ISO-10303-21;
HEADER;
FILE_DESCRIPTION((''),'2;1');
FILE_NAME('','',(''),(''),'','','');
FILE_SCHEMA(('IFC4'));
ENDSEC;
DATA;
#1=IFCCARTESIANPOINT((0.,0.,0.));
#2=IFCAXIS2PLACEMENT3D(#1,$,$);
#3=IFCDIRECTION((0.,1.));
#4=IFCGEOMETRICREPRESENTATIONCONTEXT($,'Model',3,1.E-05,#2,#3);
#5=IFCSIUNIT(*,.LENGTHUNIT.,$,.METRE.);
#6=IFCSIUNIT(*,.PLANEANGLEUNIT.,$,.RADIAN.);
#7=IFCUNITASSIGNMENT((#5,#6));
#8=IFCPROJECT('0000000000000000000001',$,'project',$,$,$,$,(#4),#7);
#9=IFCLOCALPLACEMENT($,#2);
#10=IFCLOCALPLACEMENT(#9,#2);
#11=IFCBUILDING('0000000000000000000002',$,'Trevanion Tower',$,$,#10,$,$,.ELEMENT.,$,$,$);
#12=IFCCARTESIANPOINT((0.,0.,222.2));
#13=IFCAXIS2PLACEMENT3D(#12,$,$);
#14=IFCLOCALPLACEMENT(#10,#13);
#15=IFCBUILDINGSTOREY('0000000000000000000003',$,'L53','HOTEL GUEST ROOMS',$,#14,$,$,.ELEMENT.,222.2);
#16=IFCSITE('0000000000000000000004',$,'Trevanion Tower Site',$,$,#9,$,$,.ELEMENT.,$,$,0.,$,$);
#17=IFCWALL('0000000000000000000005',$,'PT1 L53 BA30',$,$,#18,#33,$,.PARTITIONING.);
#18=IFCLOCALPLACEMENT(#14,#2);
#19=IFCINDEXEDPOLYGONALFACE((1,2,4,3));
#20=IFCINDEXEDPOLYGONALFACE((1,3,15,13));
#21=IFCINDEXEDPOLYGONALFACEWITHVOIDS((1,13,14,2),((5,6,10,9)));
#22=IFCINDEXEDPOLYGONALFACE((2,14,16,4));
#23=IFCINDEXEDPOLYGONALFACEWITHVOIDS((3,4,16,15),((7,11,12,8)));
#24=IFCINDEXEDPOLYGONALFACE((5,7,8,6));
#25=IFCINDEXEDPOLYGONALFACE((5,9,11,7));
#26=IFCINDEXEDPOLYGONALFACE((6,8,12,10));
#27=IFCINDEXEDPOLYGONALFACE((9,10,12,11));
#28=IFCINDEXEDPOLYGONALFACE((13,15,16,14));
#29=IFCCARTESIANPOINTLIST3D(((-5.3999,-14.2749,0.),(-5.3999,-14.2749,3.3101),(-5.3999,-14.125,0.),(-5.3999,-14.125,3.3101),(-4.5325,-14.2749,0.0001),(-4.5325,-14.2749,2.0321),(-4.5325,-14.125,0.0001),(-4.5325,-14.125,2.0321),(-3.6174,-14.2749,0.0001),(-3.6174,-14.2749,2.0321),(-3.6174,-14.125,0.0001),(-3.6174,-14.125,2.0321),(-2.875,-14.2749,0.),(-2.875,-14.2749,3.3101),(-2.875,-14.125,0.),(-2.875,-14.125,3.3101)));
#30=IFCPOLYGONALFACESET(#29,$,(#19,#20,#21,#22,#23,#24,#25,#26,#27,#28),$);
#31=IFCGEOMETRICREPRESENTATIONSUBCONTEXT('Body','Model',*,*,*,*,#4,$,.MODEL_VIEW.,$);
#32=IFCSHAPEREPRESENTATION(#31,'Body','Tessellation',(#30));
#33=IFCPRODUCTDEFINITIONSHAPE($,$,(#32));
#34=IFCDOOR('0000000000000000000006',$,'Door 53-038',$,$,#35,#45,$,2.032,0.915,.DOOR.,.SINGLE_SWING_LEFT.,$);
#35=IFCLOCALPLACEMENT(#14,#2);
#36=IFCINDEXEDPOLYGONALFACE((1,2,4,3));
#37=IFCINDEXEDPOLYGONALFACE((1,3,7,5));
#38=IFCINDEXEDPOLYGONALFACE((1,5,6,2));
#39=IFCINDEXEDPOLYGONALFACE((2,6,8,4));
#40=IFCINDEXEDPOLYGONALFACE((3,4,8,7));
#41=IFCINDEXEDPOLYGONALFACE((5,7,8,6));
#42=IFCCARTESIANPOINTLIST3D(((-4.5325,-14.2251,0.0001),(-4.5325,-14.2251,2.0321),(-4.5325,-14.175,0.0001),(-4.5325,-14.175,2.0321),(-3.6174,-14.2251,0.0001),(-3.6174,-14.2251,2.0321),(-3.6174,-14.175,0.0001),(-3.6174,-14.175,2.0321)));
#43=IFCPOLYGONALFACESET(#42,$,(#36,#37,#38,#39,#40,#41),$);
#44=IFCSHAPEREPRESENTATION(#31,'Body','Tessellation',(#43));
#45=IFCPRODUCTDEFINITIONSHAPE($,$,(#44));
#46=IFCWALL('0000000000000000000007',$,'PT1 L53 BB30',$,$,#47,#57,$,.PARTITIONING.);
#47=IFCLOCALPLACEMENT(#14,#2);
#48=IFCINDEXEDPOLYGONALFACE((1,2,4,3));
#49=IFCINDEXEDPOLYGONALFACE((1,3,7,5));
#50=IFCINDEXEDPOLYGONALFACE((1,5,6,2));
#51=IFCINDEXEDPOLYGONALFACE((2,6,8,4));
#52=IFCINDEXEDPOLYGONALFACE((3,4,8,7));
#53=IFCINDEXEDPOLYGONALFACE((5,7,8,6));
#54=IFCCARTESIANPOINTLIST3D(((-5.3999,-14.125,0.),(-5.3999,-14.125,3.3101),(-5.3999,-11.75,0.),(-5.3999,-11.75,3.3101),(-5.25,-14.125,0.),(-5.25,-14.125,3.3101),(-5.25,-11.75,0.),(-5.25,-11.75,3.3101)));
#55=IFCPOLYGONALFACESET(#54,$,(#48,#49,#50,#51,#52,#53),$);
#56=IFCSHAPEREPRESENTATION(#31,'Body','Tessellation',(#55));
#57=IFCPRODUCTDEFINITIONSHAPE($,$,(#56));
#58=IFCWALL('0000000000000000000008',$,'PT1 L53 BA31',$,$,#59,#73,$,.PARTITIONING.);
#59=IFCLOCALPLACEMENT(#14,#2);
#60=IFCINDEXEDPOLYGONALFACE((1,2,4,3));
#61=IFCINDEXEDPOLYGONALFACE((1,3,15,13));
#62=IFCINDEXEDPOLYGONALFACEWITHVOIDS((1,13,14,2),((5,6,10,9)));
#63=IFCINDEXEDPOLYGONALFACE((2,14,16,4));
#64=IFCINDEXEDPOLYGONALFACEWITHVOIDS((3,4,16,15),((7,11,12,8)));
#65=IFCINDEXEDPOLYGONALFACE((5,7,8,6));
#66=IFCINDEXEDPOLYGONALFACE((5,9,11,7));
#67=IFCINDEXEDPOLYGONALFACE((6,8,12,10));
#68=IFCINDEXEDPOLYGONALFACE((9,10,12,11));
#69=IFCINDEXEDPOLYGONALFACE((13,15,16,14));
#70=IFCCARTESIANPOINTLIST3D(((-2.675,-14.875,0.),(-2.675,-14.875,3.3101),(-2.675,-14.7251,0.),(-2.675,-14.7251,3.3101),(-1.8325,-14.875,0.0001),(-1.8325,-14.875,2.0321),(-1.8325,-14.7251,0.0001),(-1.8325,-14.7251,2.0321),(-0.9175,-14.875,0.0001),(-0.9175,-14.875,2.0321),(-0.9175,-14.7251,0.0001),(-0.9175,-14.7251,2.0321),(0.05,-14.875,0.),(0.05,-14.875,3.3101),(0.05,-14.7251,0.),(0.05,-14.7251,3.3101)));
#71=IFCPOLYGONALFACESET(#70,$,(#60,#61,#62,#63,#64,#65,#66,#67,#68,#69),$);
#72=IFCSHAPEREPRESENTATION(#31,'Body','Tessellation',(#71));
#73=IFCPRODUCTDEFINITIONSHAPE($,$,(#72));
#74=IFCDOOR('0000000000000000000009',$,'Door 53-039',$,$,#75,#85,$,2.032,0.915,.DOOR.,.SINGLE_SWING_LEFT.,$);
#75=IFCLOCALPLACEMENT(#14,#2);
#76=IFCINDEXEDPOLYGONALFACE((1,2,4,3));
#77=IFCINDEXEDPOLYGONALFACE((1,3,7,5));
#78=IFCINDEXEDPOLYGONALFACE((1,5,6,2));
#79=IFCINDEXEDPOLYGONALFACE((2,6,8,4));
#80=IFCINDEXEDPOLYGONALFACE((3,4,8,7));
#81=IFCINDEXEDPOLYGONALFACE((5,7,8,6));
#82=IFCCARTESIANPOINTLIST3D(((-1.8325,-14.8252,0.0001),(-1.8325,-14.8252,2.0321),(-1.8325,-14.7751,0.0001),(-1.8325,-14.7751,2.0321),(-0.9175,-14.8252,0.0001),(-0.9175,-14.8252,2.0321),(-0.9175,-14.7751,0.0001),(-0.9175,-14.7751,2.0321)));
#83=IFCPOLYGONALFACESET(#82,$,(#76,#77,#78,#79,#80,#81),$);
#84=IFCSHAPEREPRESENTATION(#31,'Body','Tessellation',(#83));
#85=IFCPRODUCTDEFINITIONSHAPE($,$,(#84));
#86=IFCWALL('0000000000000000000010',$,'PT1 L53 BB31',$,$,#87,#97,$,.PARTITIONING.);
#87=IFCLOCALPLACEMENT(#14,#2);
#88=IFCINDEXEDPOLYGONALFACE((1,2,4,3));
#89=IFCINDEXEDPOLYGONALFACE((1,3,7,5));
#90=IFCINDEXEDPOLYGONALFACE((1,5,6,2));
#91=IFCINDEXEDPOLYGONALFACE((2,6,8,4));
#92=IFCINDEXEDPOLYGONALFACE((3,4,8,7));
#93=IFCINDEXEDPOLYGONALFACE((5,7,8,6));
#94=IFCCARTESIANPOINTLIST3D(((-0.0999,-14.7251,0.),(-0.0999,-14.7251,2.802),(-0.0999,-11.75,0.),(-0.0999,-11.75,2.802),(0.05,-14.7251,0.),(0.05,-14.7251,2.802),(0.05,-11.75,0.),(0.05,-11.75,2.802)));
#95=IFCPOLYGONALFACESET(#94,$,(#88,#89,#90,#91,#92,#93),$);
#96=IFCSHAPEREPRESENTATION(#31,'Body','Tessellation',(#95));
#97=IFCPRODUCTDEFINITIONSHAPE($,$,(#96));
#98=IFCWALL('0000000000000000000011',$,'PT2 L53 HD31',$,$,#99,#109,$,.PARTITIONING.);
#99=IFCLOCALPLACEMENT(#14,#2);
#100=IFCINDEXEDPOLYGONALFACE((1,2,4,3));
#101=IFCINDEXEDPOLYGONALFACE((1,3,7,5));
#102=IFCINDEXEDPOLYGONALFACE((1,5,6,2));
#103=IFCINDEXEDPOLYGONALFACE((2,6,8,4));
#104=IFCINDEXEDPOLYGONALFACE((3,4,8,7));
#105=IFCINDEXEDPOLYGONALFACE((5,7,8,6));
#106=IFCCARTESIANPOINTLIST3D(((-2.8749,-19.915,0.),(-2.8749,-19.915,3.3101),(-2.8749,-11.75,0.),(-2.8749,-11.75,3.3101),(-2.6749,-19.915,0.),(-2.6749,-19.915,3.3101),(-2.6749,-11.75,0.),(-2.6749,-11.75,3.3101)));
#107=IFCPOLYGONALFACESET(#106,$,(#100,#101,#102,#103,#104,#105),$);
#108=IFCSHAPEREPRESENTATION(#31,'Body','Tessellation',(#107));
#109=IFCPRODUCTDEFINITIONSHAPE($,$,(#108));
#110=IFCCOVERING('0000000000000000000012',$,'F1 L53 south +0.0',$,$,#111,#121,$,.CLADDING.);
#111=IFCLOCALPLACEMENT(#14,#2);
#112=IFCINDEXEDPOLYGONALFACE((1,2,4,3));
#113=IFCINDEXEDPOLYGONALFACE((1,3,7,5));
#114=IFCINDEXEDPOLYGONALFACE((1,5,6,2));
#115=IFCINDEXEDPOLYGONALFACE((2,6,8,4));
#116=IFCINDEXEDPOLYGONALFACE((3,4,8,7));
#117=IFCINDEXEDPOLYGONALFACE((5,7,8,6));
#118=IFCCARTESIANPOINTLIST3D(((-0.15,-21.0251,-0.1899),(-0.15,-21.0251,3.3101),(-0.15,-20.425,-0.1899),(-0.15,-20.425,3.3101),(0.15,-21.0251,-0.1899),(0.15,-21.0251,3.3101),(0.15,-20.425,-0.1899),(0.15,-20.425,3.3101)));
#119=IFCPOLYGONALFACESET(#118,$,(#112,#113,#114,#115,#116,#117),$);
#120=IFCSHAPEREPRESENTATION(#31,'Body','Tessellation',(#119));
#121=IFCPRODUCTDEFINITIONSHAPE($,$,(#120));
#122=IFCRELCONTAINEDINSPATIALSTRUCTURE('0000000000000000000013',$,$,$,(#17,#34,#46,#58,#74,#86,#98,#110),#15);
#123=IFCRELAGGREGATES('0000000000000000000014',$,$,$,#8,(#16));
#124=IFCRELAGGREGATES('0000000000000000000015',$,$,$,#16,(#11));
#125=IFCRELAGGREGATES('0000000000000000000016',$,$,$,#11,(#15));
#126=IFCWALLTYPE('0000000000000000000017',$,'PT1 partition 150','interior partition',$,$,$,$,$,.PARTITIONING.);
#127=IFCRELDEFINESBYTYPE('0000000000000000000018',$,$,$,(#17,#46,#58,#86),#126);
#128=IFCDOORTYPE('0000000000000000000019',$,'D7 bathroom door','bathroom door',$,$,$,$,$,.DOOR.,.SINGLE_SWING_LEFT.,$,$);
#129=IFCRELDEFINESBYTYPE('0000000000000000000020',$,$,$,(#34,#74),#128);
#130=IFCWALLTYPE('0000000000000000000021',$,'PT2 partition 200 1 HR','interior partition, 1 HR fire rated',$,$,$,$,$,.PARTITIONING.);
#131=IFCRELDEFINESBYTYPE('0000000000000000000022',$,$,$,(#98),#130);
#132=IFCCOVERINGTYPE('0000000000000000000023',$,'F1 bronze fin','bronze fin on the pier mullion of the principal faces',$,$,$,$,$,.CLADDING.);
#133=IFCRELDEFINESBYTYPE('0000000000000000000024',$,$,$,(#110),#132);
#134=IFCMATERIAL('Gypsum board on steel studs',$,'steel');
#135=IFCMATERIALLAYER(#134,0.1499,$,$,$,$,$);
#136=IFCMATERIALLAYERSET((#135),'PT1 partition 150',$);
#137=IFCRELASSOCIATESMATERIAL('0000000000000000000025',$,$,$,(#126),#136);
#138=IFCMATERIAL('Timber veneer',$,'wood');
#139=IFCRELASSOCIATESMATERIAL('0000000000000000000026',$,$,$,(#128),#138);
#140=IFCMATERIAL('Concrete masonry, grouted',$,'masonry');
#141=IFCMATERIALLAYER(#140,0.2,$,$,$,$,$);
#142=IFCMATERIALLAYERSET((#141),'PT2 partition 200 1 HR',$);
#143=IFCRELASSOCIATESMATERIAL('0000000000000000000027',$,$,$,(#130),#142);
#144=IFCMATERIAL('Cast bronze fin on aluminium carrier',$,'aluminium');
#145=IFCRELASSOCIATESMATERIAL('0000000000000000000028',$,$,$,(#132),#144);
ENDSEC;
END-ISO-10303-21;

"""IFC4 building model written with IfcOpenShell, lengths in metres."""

from ifc_helpers import new_model, si_unit, direction, frame, frame_2d, origin, origin_2d, place, context, subcontext, project, spatial, rectangle, extrude, material, layer, layer_set, type_object, element, fill, save


model = new_model("IFC4")

# Units and contexts
model_context = context("Model", 3, precision=1e-05, world=origin(), true_north=direction((0.0, 1.0)))
body_context = subcontext(model_context, "Body", "Model", "MODEL_VIEW")
ifc_project = project(units=[si_unit("LENGTHUNIT", "METRE"), si_unit("PLANEANGLEUNIT", "RADIAN")], contexts=[model_context])

# Site, building, storey
site_placement = place(None, origin())
site = spatial("IfcSite", under=ifc_project, at=site_placement, Name="Trevanion Tower Site", CompositionType="ELEMENT", RefElevation=0.0)
building_placement = place(site_placement, origin())
building = spatial("IfcBuilding", under=site, at=building_placement, Name="Trevanion Tower", CompositionType="ELEMENT")
storey_placement = place(building_placement, frame((0.0, 0.0, 222.2)))
storey = spatial("IfcBuildingStorey", under=building, at=storey_placement, Name="L53", Description="HOTEL GUEST ROOMS", CompositionType="ELEMENT", Elevation=222.2)

# Wall, opening, door
ifc_material_1 = material(Name="Gypsum board on steel studs", Category="steel")
ifc_layer_1 = layer(ifc_material_1, 0.1499)
ifc_layer_set_1 = layer_set([ifc_layer_1], Name="PT1 partition 150")
wall_type_1 = type_object("IfcWallType", Name="PT1 partition 150", Description="interior partition", PredefinedType="PARTITIONING", material=ifc_layer_set_1)
wall_1_placement = place(storey_placement, frame((-5.3999, -14.2, 0.0), z_axis=(0.0, 0.0, 1.0), x_axis=(1.0, 0.0, 0.0)))
wall_1 = element("IfcWall", 1, at=wall_1_placement, inside=storey, type_object=wall_type_1, Name="PT1 L53 BA30", PredefinedType="PARTITIONING", context=body_context, shape_type="SweptSolid", body=[
    extrude(rectangle(XDim=2.5249, YDim=0.1499, at=frame_2d((1.2625, 0.0))), origin(), (0.0, 0.0, 1.0), 3.3101),
])
opening_1_placement = place(wall_1_placement, frame((0.8674, 0.0, 0.0)))
opening_1 = element("IfcOpeningElement", 2, at=opening_1_placement, cuts=wall_1, PredefinedType="OPENING", context=body_context, shape_type="SweptSolid", body=[
    extrude(rectangle(XDim=0.915, YDim=2.032, at=frame_2d((0.4575, 1.0161))), frame((0.0, 0.085, 0.0), z_axis=(0.0, -1.0, 0.0), x_axis=(1.0, 0.0, 0.0)), (0.0, 0.0, 1.0), 0.1699),
])
ifc_material_2 = material(Name="Timber veneer", Category="wood")
door_type = type_object("IfcDoorType", Name="D7 bathroom door", Description="bathroom door", OperationType="SINGLE_SWING_LEFT", PredefinedType="DOOR", material=ifc_material_2)
door_1_placement = place(opening_1_placement, origin())
door_1 = element("IfcDoor", 3, at=door_1_placement, inside=storey, type_object=door_type, Name="Door 53-038", OperationType="SINGLE_SWING_LEFT", OverallHeight=2.032, OverallWidth=0.915, PredefinedType="DOOR", context=body_context, shape_type="SweptSolid", body=[
    extrude(rectangle(XDim=0.915, YDim=2.032, at=frame_2d((0.4575, 1.0161))), frame((0.0, 0.0249, 0.0), z_axis=(0.0, -1.0, 0.0), x_axis=(1.0, 0.0, 0.0)), (0.0, 0.0, 1.0), 0.05),
])
fill(opening_1, door_1)

# Wall
wall_2_placement = place(storey_placement, frame((-5.325, -11.75, 0.0), z_axis=(0.0, 0.0, 1.0), x_axis=(0.0, -1.0, 0.0)))
element("IfcWall", 4, at=wall_2_placement, inside=storey, type_object=wall_type_1, Name="PT1 L53 BB30", PredefinedType="PARTITIONING", context=body_context, shape_type="SweptSolid", body=[
    extrude(rectangle(XDim=2.375, YDim=0.1499, at=frame_2d((1.1875, 0.0))), origin(), (0.0, 0.0, 1.0), 3.3101),
])

# Wall, opening, door
wall_3_placement = place(storey_placement, frame((-2.675, -14.8, 0.0), z_axis=(0.0, 0.0, 1.0), x_axis=(1.0, 0.0, 0.0)))
wall_3 = element("IfcWall", 5, at=wall_3_placement, inside=storey, type_object=wall_type_1, Name="PT1 L53 BA31", PredefinedType="PARTITIONING", context=body_context, shape_type="SweptSolid", body=[
    extrude(rectangle(XDim=2.7251, YDim=0.1499, at=frame_2d((1.3625, 0.0))), origin(), (0.0, 0.0, 1.0), 3.3101),
])
opening_2_placement = place(wall_3_placement, frame((0.8425, 0.0, 0.0)))
opening_2 = element("IfcOpeningElement", 6, at=opening_2_placement, cuts=wall_3, PredefinedType="OPENING", context=body_context, shape_type="SweptSolid", body=[
    extrude(rectangle(XDim=0.915, YDim=2.032, at=frame_2d((0.4575, 1.0161))), frame((0.0, 0.085, 0.0), z_axis=(0.0, -1.0, 0.0), x_axis=(1.0, 0.0, 0.0)), (0.0, 0.0, 1.0), 0.1699),
])
door_2_placement = place(opening_2_placement, origin())
door_2 = element("IfcDoor", 7, at=door_2_placement, inside=storey, type_object=door_type, Name="Door 53-039", OperationType="SINGLE_SWING_LEFT", OverallHeight=2.032, OverallWidth=0.915, PredefinedType="DOOR", context=body_context, shape_type="SweptSolid", body=[
    extrude(rectangle(XDim=0.915, YDim=2.032, at=frame_2d((0.4575, 1.0161))), frame((0.0, 0.0249, 0.0), z_axis=(0.0, -1.0, 0.0), x_axis=(1.0, 0.0, 0.0)), (0.0, 0.0, 1.0), 0.05),
])
fill(opening_2, door_2)

# Walls
wall_4_placement = place(storey_placement, frame((-0.0249, -11.75, 0.0), z_axis=(0.0, 0.0, 1.0), x_axis=(0.0, -1.0, 0.0)))
element("IfcWall", 8, at=wall_4_placement, inside=storey, type_object=wall_type_1, Name="PT1 L53 BB31", PredefinedType="PARTITIONING", context=body_context, shape_type="SweptSolid", body=[
    extrude(rectangle(XDim=2.9751, YDim=0.1499, at=frame_2d((1.4875, 0.0))), origin(), (0.0, 0.0, 1.0), 2.802),
])
ifc_material_3 = material(Name="Concrete masonry, grouted", Category="masonry")
ifc_layer_2 = layer(ifc_material_3, 0.2)
ifc_layer_set_2 = layer_set([ifc_layer_2], Name="PT2 partition 200 1 HR")
wall_type_2 = type_object("IfcWallType", Name="PT2 partition 200 1 HR", Description="interior partition, 1 HR fire rated", PredefinedType="PARTITIONING", material=ifc_layer_set_2)
wall_5_placement = place(storey_placement, frame((-2.7749, -11.75, 0.0), z_axis=(0.0, 0.0, 1.0), x_axis=(0.0, -1.0, 0.0)))
element("IfcWall", 9, at=wall_5_placement, inside=storey, type_object=wall_type_2, Name="PT2 L53 HD31", PredefinedType="PARTITIONING", context=body_context, shape_type="SweptSolid", body=[
    extrude(rectangle(XDim=8.165, YDim=0.2, at=frame_2d((4.0825, 0.0))), origin(), (0.0, 0.0, 1.0), 3.3101),
])

# Covering
ifc_material_4 = material(Name="Cast bronze fin on aluminium carrier", Category="aluminium")
covering_type = type_object("IfcCoveringType", Name="F1 bronze fin", Description="bronze fin on the pier mullion of the principal faces", PredefinedType="CLADDING", material=ifc_material_4)
covering_placement = place(storey_placement, frame((0.0, -20.7251, -0.1899), z_axis=(0.0, 0.0, 1.0), x_axis=(1.0, 0.0, 0.0)))
element("IfcCovering", 10, at=covering_placement, inside=storey, type_object=covering_type, Name="F1 L53 south +0.0", PredefinedType="CLADDING", context=body_context, shape_type="SweptSolid", body=[
    extrude(rectangle(XDim=0.3, YDim=0.6001, at=origin_2d()), origin(), (0.0, 0.0, 1.0), 3.5),
])

save(model, "model.ifc")
